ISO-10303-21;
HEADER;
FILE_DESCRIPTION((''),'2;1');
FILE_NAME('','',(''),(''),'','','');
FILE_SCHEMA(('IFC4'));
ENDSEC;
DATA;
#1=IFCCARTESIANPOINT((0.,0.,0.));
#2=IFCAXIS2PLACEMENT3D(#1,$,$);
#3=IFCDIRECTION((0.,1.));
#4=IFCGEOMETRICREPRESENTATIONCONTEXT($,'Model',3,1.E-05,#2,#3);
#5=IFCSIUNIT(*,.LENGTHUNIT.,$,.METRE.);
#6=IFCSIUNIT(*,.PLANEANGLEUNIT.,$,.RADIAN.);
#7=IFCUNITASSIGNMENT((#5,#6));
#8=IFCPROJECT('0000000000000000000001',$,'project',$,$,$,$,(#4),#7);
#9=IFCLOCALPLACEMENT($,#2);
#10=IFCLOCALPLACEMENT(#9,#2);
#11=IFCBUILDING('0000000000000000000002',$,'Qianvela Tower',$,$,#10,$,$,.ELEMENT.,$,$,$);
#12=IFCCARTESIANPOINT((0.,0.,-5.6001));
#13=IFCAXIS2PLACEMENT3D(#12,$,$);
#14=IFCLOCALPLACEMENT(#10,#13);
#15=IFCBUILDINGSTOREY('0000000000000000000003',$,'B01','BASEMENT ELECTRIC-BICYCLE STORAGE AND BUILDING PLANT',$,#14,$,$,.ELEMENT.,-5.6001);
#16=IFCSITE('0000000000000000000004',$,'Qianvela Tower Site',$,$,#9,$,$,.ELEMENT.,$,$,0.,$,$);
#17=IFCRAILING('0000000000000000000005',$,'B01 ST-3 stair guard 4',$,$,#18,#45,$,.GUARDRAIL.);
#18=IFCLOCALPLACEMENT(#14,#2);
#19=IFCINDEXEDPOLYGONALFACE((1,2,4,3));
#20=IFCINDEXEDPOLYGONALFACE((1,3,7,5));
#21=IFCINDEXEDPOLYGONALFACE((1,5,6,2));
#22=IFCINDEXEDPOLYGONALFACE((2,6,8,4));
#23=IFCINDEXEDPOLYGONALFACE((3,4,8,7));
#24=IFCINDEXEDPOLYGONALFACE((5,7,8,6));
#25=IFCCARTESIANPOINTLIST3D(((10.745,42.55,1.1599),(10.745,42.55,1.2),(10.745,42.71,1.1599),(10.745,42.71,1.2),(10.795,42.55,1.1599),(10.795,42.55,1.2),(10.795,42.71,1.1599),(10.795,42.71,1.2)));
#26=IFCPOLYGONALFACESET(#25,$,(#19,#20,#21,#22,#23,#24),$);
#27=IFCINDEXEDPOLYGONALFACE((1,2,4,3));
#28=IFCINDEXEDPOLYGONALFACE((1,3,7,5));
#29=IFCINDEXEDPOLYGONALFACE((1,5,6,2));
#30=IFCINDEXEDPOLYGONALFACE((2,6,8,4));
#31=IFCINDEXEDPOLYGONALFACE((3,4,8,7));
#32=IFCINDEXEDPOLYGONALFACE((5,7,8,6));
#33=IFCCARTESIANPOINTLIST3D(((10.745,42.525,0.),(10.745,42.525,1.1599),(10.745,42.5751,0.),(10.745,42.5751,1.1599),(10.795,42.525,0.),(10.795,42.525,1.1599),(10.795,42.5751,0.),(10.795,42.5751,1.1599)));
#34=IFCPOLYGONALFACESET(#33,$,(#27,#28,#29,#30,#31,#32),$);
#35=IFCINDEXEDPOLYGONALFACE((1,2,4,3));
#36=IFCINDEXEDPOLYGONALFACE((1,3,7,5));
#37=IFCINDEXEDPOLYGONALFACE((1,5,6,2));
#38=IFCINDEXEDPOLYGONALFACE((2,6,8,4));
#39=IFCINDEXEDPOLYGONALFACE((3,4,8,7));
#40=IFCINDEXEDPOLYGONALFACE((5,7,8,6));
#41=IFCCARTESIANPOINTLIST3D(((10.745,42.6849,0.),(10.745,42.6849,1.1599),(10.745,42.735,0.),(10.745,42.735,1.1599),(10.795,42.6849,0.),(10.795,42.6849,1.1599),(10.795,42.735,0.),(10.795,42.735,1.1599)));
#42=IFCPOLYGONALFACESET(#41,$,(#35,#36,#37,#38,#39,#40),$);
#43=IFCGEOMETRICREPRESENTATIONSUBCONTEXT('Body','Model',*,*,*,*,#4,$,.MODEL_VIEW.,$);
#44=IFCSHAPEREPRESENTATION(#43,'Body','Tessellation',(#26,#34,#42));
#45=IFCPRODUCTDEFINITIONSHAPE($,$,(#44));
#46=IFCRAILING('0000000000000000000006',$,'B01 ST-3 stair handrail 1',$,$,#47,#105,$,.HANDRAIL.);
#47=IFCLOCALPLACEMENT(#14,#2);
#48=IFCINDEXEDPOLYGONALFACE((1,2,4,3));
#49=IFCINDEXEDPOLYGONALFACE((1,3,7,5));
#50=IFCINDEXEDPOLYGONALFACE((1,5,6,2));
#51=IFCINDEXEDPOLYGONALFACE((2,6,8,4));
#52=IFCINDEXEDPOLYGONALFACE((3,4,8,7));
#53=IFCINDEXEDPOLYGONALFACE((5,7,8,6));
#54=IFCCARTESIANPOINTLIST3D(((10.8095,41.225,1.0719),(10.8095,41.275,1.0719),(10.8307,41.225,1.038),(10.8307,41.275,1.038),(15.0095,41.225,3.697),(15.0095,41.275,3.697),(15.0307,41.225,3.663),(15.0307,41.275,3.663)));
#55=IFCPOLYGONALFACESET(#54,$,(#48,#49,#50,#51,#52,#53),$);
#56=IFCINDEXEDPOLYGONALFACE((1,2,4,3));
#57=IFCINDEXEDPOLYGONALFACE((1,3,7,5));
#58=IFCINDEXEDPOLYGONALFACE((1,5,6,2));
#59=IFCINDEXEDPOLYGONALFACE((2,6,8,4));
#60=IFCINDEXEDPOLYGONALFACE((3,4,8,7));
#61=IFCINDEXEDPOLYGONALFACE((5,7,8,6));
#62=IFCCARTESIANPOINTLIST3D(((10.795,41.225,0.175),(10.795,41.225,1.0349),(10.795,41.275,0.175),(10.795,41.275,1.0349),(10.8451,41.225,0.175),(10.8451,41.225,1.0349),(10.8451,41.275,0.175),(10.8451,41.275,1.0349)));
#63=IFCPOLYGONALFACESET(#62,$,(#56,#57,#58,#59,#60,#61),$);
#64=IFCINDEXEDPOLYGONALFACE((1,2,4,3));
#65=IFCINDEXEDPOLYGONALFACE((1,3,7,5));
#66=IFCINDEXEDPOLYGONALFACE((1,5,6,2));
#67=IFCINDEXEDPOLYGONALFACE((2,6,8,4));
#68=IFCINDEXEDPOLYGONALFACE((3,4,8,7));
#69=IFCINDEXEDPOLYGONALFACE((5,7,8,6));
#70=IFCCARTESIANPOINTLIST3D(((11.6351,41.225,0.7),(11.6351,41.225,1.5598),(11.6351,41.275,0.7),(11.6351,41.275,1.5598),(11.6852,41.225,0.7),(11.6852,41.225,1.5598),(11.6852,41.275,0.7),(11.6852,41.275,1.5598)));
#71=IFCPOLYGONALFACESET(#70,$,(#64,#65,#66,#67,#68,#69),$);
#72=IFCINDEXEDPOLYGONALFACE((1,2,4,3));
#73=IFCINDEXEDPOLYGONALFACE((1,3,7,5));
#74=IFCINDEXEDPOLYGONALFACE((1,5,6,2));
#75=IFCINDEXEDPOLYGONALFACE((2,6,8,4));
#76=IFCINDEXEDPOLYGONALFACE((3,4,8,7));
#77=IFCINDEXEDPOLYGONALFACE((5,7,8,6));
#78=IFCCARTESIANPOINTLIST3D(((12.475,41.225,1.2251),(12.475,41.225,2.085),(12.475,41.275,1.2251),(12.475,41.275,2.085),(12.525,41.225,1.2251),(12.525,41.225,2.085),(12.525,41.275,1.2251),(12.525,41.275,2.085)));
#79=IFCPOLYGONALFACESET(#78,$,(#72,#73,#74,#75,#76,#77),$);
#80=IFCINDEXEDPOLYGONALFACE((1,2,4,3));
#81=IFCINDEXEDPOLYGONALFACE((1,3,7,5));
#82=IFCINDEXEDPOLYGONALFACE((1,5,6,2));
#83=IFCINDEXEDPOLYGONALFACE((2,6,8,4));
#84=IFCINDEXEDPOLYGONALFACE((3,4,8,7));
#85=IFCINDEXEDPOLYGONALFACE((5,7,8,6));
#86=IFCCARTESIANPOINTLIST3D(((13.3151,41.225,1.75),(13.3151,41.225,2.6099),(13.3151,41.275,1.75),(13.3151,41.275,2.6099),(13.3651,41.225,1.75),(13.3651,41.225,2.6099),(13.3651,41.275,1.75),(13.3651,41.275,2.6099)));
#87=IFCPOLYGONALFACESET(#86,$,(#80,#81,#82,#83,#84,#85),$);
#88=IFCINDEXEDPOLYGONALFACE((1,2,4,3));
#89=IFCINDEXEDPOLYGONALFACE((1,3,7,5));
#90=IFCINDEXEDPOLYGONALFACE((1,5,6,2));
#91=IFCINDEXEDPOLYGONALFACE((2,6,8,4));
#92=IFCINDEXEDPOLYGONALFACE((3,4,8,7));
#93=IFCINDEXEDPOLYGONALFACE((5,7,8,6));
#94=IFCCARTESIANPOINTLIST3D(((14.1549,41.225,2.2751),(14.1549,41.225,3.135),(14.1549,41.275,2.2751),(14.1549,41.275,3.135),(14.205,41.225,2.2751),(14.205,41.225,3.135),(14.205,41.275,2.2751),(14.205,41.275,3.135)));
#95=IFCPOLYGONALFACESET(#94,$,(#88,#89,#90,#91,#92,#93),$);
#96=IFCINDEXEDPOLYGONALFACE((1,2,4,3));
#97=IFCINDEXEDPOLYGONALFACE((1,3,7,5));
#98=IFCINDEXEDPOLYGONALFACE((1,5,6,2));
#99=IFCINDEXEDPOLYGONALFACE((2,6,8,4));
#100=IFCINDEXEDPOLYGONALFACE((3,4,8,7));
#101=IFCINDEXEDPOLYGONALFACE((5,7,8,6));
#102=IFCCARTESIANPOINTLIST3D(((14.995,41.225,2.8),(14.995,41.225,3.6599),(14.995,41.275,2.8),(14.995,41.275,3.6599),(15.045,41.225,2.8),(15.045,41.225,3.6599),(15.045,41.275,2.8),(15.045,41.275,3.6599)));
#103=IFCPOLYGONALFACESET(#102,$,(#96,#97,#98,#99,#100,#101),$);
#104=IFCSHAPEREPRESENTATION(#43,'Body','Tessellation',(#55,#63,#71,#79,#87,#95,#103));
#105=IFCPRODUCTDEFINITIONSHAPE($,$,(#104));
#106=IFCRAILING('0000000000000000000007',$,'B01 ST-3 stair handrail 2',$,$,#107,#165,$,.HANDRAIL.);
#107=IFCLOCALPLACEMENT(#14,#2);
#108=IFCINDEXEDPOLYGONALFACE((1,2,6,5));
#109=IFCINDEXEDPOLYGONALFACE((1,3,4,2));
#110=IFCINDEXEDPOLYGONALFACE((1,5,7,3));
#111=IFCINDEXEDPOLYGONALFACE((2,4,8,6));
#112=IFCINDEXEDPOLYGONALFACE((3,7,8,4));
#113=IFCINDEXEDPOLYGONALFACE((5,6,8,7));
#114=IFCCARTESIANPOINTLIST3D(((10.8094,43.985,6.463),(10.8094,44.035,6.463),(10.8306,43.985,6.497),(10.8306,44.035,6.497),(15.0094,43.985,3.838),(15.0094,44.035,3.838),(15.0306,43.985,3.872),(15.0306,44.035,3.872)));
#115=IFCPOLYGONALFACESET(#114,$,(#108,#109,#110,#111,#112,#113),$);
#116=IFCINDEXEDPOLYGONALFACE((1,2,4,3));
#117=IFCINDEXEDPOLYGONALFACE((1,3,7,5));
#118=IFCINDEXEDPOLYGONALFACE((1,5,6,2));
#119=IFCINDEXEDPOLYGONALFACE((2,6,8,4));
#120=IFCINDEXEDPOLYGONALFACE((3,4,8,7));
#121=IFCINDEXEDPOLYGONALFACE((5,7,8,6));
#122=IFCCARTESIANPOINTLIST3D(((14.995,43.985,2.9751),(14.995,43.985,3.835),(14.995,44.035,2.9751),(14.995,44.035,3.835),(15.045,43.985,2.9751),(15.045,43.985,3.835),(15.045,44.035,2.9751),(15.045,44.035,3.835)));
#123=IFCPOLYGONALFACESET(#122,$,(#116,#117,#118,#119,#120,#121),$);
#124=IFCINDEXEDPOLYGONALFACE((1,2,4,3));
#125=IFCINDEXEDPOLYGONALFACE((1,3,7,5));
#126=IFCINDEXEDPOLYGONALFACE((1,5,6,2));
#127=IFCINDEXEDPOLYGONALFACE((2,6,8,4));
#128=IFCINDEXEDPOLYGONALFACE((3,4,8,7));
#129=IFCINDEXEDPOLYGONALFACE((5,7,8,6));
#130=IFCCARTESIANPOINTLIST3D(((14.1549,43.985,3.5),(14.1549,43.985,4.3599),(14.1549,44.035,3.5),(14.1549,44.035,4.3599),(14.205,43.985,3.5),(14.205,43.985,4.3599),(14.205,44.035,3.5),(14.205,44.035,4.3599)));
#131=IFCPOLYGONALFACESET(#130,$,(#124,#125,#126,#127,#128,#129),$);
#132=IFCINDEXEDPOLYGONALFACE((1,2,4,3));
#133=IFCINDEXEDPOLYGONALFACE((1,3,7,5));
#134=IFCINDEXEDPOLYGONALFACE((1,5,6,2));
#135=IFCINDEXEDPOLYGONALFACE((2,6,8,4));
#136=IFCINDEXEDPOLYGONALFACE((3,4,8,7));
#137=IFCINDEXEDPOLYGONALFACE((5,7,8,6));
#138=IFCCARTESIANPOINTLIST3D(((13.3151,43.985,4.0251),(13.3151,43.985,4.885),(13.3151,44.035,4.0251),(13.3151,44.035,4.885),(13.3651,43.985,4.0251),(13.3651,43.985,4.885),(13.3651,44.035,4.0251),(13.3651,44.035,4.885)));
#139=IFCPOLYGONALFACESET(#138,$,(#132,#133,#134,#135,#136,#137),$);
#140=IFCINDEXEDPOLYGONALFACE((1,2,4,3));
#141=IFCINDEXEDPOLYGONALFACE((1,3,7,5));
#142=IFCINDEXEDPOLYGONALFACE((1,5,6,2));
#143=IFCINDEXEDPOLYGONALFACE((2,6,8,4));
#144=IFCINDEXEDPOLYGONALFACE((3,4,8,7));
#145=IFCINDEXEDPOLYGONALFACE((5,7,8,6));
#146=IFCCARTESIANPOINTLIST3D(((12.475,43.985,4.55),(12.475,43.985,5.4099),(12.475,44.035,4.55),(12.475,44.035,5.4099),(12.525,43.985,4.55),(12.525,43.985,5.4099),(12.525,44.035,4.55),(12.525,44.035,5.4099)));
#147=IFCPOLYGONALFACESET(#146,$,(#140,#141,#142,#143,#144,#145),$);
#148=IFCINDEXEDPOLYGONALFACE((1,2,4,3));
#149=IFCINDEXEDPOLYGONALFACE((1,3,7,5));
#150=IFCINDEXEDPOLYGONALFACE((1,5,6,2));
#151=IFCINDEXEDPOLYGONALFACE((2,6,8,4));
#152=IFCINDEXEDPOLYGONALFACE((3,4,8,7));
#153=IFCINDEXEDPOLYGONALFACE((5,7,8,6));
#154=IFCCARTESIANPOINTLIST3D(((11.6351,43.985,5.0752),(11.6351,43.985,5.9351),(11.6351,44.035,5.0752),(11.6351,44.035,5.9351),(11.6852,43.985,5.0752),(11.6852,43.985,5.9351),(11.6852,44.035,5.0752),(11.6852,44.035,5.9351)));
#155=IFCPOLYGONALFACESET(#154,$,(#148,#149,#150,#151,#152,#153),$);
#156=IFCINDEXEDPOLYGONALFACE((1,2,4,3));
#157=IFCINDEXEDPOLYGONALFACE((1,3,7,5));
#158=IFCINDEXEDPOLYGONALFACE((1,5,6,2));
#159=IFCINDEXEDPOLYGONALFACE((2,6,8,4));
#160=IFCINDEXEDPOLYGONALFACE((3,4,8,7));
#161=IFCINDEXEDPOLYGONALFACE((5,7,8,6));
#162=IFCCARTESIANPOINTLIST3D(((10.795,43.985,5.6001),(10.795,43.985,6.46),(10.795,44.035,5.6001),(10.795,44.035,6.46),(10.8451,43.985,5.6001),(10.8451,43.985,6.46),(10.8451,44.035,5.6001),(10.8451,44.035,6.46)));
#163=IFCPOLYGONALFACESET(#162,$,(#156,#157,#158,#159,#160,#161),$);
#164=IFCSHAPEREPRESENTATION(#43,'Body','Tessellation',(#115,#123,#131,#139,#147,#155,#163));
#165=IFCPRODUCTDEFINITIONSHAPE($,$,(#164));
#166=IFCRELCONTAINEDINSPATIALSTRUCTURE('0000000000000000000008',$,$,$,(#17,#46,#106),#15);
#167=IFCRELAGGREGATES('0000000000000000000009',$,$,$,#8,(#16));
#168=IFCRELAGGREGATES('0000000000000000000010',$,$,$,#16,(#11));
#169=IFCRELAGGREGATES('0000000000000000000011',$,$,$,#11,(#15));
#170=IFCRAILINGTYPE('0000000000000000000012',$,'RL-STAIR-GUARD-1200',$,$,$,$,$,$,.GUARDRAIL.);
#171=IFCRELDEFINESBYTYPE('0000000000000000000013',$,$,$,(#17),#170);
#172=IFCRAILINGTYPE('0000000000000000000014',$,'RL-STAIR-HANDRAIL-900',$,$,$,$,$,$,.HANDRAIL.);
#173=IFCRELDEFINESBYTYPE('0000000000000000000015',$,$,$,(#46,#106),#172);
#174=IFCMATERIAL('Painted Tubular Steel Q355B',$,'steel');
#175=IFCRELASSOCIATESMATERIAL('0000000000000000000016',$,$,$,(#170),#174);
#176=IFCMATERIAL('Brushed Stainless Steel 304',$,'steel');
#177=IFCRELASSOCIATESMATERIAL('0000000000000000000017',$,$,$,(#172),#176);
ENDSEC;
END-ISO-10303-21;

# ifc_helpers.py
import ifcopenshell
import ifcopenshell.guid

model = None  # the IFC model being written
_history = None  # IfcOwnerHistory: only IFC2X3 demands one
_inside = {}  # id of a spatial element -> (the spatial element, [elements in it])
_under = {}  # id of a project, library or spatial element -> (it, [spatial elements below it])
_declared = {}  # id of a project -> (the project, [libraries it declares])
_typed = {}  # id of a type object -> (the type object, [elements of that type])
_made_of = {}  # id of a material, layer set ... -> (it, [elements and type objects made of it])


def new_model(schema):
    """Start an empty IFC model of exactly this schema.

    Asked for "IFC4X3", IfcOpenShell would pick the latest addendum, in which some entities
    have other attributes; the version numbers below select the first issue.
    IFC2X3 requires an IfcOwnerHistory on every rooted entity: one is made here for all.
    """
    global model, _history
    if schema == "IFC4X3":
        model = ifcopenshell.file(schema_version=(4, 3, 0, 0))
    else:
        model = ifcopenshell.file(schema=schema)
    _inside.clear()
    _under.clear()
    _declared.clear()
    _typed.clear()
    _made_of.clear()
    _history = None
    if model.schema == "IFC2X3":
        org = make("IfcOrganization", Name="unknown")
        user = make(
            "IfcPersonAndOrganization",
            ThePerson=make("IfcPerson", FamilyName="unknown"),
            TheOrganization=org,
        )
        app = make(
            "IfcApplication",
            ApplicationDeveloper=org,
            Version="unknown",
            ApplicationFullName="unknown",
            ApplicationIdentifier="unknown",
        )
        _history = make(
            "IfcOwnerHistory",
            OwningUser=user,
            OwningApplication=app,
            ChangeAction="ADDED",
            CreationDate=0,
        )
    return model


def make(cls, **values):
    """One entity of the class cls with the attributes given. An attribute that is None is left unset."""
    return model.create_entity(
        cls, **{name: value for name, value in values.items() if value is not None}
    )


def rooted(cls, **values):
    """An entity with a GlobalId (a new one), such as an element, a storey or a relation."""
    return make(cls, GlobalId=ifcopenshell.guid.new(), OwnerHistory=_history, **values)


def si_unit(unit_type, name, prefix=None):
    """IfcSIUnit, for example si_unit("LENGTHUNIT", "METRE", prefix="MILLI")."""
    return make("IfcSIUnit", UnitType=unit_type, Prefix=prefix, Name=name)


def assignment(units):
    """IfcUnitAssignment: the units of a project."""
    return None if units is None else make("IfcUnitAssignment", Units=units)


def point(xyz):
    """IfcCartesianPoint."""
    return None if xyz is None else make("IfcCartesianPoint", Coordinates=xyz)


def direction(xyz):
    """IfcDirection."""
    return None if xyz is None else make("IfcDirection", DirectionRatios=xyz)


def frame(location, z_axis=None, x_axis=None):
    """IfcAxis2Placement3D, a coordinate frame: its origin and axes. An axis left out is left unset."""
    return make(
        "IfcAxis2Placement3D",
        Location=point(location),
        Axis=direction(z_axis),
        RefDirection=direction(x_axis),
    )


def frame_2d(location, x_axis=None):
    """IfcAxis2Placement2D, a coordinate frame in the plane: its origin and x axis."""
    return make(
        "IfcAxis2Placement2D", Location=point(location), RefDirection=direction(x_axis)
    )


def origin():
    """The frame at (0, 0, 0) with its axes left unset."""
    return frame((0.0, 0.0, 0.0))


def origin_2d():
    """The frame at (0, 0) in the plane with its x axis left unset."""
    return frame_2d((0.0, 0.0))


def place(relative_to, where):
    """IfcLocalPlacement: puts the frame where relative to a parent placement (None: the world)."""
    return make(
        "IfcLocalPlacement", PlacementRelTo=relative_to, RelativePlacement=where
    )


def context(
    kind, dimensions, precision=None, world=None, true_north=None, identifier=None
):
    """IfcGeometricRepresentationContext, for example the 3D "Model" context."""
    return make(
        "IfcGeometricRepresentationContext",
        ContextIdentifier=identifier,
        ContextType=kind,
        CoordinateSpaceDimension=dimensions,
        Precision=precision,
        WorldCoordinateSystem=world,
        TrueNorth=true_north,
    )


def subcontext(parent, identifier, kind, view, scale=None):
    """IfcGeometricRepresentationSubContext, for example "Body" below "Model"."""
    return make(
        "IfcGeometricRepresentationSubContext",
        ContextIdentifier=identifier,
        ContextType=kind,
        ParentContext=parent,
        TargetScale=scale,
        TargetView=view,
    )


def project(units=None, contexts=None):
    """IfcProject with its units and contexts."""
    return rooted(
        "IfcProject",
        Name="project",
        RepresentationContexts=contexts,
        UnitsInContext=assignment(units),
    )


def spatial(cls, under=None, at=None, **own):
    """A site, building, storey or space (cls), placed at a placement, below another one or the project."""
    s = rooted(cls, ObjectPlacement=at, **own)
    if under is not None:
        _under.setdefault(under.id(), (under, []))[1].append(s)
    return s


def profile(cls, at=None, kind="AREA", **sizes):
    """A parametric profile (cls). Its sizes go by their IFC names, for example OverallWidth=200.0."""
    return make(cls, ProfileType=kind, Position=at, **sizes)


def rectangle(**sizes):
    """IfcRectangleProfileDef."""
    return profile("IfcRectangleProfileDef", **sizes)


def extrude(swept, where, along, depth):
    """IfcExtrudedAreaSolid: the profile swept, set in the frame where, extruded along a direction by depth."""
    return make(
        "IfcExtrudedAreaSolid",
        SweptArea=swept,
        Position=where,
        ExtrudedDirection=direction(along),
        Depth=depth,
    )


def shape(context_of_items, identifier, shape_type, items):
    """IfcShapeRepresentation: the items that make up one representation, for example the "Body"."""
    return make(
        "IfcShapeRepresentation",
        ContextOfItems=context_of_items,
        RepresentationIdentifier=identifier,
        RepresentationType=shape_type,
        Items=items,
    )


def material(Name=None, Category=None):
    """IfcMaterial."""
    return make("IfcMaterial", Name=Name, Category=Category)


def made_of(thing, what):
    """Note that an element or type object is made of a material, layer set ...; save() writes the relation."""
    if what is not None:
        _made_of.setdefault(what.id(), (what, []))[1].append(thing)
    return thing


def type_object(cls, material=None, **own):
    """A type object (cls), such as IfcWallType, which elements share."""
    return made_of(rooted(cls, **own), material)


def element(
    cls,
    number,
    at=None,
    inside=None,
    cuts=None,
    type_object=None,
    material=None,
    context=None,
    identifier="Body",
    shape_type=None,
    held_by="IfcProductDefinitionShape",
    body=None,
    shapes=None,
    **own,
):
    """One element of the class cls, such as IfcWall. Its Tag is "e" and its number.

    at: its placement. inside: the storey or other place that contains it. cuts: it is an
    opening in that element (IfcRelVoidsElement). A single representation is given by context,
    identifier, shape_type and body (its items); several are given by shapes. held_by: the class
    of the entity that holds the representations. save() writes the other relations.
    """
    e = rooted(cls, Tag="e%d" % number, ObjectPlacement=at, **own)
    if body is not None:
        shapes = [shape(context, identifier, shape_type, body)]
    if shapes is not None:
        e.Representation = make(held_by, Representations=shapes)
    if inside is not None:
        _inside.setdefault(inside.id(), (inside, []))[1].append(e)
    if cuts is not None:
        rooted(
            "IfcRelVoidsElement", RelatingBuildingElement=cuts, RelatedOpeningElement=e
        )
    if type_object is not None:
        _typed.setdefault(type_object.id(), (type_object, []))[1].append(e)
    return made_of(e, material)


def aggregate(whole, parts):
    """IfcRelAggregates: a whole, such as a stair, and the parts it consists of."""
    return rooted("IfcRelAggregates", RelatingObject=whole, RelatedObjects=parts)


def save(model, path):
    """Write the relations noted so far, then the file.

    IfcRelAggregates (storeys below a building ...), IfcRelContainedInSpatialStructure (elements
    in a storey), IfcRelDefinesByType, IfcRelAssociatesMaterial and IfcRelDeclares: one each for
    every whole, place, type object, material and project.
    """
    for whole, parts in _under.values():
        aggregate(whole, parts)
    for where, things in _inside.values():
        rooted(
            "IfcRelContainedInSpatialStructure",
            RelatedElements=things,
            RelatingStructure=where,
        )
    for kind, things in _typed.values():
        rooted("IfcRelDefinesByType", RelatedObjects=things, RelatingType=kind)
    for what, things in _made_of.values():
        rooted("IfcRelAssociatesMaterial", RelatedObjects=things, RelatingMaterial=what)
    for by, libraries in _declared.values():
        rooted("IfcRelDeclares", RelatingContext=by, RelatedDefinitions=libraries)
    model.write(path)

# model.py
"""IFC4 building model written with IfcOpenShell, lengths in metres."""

from ifc_helpers import new_model, si_unit, direction, frame, origin, origin_2d, place, context, subcontext, project, spatial, rectangle, extrude, material, type_object, element, save


model = new_model("IFC4")

# Units and contexts
model_context = context("Model", 3, precision=1e-05, world=origin(), true_north=direction((0.0, 1.0)))
body_context = subcontext(model_context, "Body", "Model", "MODEL_VIEW")
ifc_project = project(units=[si_unit("LENGTHUNIT", "METRE"), si_unit("PLANEANGLEUNIT", "RADIAN")], contexts=[model_context])

# Site, building, storey
site_placement = place(None, origin())
site = spatial("IfcSite", under=ifc_project, at=site_placement, Name="Qianvela Tower Site", CompositionType="ELEMENT", RefElevation=0.0)
building_placement = place(site_placement, origin())
building = spatial("IfcBuilding", under=site, at=building_placement, Name="Qianvela Tower", CompositionType="ELEMENT")
storey_placement = place(building_placement, frame((0.0, 0.0, -5.6001)))
storey = spatial("IfcBuildingStorey", under=building, at=storey_placement, Name="B01", Description="BASEMENT ELECTRIC-BICYCLE STORAGE AND BUILDING PLANT", CompositionType="ELEMENT", Elevation=-5.6001)

# Railings
ifc_material_1 = material(Name="Painted Tubular Steel Q355B", Category="steel")
railing_type_1 = type_object("IfcRailingType", Name="RL-STAIR-GUARD-1200", PredefinedType="GUARDRAIL", material=ifc_material_1)
railing_1_placement = place(storey_placement, frame((10.77, 42.55, 0.0)))
element("IfcRailing", 1, at=railing_1_placement, inside=storey, type_object=railing_type_1, Name="B01 ST-3 stair guard 4", PredefinedType="GUARDRAIL", context=body_context, shape_type="SweptSolid", body=[
    extrude(rectangle(XDim=0.05, YDim=0.04, at=origin_2d()), frame((0.0, 0.0, 1.1799), z_axis=(0.0, 1.0, 0.0), x_axis=(-1.0, 0.0, 0.0)), (0.0, 0.0, 1.0), 0.1599),
    extrude(rectangle(XDim=0.05, YDim=0.05, at=origin_2d()), origin(), (0.0, 0.0, 1.0), 1.1599),
    extrude(rectangle(XDim=0.05, YDim=0.05, at=origin_2d()), frame((0.0, 0.1599, 0.0)), (0.0, 0.0, 1.0), 1.1599),
])
ifc_material_2 = material(Name="Brushed Stainless Steel 304", Category="steel")
railing_type_2 = type_object("IfcRailingType", Name="RL-STAIR-HANDRAIL-900", PredefinedType="HANDRAIL", material=ifc_material_2)
railing_2_placement = place(storey_placement, frame((10.8201, 41.25, 0.175)))
element("IfcRailing", 2, at=railing_2_placement, inside=storey, type_object=railing_type_2, Name="B01 ST-3 stair handrail 1", PredefinedType="HANDRAIL", context=body_context, shape_type="SweptSolid", body=[
    extrude(rectangle(XDim=0.05, YDim=0.04, at=origin_2d()), frame((0.0, 0.0, 0.8799), z_axis=(0.847996, 0.0, 0.530003), x_axis=(0.0, 1.0, 0.0)), (0.0, 0.0, 1.0), 4.9529),
    extrude(rectangle(XDim=0.05, YDim=0.05, at=origin_2d()), origin(), (0.0, 0.0, 1.0), 0.8599),
    extrude(rectangle(XDim=0.05, YDim=0.05, at=origin_2d()), frame((0.8401, 0.0, 0.5249)), (0.0, 0.0, 1.0), 0.8599),
    extrude(rectangle(XDim=0.05, YDim=0.05, at=origin_2d()), frame((1.6799, 0.0, 1.05)), (0.0, 0.0, 1.0), 0.8599),
    extrude(rectangle(XDim=0.05, YDim=0.05, at=origin_2d()), frame((2.52, 0.0, 1.575)), (0.0, 0.0, 1.0), 0.8599),
    extrude(rectangle(XDim=0.05, YDim=0.05, at=origin_2d()), frame((3.3599, 0.0, 2.1001)), (0.0, 0.0, 1.0), 0.8599),
    extrude(rectangle(XDim=0.05, YDim=0.05, at=origin_2d()), frame((4.2, 0.0, 2.625)), (0.0, 0.0, 1.0), 0.8599),
])
railing_3_placement = place(storey_placement, frame((15.02, 44.01, 2.9751)))
element("IfcRailing", 3, at=railing_3_placement, inside=storey, type_object=railing_type_2, Name="B01 ST-3 stair handrail 2", PredefinedType="HANDRAIL", context=body_context, shape_type="SweptSolid", body=[
    extrude(rectangle(XDim=0.05, YDim=0.04, at=origin_2d()), frame((0.0, 0.0, 0.8799), z_axis=(-0.847996, 0.0, 0.530003), x_axis=(0.0, -1.0, 0.0)), (0.0, 0.0, 1.0), 4.9529),
    extrude(rectangle(XDim=0.05, YDim=0.05, at=origin_2d()), origin(), (0.0, 0.0, 1.0), 0.8599),
    extrude(rectangle(XDim=0.05, YDim=0.05, at=origin_2d()), frame((-0.8401, 0.0, 0.5249)), (0.0, 0.0, 1.0), 0.8599),
    extrude(rectangle(XDim=0.05, YDim=0.05, at=origin_2d()), frame((-1.6799, 0.0, 1.05)), (0.0, 0.0, 1.0), 0.8599),
    extrude(rectangle(XDim=0.05, YDim=0.05, at=origin_2d()), frame((-2.52, 0.0, 1.575)), (0.0, 0.0, 1.0), 0.8599),
    extrude(rectangle(XDim=0.05, YDim=0.05, at=origin_2d()), frame((-3.3599, 0.0, 2.1001)), (0.0, 0.0, 1.0), 0.8599),
    extrude(rectangle(XDim=0.05, YDim=0.05, at=origin_2d()), frame((-4.2, 0.0, 2.625)), (0.0, 0.0, 1.0), 0.8599),
])

save(model, "model.ifc")
